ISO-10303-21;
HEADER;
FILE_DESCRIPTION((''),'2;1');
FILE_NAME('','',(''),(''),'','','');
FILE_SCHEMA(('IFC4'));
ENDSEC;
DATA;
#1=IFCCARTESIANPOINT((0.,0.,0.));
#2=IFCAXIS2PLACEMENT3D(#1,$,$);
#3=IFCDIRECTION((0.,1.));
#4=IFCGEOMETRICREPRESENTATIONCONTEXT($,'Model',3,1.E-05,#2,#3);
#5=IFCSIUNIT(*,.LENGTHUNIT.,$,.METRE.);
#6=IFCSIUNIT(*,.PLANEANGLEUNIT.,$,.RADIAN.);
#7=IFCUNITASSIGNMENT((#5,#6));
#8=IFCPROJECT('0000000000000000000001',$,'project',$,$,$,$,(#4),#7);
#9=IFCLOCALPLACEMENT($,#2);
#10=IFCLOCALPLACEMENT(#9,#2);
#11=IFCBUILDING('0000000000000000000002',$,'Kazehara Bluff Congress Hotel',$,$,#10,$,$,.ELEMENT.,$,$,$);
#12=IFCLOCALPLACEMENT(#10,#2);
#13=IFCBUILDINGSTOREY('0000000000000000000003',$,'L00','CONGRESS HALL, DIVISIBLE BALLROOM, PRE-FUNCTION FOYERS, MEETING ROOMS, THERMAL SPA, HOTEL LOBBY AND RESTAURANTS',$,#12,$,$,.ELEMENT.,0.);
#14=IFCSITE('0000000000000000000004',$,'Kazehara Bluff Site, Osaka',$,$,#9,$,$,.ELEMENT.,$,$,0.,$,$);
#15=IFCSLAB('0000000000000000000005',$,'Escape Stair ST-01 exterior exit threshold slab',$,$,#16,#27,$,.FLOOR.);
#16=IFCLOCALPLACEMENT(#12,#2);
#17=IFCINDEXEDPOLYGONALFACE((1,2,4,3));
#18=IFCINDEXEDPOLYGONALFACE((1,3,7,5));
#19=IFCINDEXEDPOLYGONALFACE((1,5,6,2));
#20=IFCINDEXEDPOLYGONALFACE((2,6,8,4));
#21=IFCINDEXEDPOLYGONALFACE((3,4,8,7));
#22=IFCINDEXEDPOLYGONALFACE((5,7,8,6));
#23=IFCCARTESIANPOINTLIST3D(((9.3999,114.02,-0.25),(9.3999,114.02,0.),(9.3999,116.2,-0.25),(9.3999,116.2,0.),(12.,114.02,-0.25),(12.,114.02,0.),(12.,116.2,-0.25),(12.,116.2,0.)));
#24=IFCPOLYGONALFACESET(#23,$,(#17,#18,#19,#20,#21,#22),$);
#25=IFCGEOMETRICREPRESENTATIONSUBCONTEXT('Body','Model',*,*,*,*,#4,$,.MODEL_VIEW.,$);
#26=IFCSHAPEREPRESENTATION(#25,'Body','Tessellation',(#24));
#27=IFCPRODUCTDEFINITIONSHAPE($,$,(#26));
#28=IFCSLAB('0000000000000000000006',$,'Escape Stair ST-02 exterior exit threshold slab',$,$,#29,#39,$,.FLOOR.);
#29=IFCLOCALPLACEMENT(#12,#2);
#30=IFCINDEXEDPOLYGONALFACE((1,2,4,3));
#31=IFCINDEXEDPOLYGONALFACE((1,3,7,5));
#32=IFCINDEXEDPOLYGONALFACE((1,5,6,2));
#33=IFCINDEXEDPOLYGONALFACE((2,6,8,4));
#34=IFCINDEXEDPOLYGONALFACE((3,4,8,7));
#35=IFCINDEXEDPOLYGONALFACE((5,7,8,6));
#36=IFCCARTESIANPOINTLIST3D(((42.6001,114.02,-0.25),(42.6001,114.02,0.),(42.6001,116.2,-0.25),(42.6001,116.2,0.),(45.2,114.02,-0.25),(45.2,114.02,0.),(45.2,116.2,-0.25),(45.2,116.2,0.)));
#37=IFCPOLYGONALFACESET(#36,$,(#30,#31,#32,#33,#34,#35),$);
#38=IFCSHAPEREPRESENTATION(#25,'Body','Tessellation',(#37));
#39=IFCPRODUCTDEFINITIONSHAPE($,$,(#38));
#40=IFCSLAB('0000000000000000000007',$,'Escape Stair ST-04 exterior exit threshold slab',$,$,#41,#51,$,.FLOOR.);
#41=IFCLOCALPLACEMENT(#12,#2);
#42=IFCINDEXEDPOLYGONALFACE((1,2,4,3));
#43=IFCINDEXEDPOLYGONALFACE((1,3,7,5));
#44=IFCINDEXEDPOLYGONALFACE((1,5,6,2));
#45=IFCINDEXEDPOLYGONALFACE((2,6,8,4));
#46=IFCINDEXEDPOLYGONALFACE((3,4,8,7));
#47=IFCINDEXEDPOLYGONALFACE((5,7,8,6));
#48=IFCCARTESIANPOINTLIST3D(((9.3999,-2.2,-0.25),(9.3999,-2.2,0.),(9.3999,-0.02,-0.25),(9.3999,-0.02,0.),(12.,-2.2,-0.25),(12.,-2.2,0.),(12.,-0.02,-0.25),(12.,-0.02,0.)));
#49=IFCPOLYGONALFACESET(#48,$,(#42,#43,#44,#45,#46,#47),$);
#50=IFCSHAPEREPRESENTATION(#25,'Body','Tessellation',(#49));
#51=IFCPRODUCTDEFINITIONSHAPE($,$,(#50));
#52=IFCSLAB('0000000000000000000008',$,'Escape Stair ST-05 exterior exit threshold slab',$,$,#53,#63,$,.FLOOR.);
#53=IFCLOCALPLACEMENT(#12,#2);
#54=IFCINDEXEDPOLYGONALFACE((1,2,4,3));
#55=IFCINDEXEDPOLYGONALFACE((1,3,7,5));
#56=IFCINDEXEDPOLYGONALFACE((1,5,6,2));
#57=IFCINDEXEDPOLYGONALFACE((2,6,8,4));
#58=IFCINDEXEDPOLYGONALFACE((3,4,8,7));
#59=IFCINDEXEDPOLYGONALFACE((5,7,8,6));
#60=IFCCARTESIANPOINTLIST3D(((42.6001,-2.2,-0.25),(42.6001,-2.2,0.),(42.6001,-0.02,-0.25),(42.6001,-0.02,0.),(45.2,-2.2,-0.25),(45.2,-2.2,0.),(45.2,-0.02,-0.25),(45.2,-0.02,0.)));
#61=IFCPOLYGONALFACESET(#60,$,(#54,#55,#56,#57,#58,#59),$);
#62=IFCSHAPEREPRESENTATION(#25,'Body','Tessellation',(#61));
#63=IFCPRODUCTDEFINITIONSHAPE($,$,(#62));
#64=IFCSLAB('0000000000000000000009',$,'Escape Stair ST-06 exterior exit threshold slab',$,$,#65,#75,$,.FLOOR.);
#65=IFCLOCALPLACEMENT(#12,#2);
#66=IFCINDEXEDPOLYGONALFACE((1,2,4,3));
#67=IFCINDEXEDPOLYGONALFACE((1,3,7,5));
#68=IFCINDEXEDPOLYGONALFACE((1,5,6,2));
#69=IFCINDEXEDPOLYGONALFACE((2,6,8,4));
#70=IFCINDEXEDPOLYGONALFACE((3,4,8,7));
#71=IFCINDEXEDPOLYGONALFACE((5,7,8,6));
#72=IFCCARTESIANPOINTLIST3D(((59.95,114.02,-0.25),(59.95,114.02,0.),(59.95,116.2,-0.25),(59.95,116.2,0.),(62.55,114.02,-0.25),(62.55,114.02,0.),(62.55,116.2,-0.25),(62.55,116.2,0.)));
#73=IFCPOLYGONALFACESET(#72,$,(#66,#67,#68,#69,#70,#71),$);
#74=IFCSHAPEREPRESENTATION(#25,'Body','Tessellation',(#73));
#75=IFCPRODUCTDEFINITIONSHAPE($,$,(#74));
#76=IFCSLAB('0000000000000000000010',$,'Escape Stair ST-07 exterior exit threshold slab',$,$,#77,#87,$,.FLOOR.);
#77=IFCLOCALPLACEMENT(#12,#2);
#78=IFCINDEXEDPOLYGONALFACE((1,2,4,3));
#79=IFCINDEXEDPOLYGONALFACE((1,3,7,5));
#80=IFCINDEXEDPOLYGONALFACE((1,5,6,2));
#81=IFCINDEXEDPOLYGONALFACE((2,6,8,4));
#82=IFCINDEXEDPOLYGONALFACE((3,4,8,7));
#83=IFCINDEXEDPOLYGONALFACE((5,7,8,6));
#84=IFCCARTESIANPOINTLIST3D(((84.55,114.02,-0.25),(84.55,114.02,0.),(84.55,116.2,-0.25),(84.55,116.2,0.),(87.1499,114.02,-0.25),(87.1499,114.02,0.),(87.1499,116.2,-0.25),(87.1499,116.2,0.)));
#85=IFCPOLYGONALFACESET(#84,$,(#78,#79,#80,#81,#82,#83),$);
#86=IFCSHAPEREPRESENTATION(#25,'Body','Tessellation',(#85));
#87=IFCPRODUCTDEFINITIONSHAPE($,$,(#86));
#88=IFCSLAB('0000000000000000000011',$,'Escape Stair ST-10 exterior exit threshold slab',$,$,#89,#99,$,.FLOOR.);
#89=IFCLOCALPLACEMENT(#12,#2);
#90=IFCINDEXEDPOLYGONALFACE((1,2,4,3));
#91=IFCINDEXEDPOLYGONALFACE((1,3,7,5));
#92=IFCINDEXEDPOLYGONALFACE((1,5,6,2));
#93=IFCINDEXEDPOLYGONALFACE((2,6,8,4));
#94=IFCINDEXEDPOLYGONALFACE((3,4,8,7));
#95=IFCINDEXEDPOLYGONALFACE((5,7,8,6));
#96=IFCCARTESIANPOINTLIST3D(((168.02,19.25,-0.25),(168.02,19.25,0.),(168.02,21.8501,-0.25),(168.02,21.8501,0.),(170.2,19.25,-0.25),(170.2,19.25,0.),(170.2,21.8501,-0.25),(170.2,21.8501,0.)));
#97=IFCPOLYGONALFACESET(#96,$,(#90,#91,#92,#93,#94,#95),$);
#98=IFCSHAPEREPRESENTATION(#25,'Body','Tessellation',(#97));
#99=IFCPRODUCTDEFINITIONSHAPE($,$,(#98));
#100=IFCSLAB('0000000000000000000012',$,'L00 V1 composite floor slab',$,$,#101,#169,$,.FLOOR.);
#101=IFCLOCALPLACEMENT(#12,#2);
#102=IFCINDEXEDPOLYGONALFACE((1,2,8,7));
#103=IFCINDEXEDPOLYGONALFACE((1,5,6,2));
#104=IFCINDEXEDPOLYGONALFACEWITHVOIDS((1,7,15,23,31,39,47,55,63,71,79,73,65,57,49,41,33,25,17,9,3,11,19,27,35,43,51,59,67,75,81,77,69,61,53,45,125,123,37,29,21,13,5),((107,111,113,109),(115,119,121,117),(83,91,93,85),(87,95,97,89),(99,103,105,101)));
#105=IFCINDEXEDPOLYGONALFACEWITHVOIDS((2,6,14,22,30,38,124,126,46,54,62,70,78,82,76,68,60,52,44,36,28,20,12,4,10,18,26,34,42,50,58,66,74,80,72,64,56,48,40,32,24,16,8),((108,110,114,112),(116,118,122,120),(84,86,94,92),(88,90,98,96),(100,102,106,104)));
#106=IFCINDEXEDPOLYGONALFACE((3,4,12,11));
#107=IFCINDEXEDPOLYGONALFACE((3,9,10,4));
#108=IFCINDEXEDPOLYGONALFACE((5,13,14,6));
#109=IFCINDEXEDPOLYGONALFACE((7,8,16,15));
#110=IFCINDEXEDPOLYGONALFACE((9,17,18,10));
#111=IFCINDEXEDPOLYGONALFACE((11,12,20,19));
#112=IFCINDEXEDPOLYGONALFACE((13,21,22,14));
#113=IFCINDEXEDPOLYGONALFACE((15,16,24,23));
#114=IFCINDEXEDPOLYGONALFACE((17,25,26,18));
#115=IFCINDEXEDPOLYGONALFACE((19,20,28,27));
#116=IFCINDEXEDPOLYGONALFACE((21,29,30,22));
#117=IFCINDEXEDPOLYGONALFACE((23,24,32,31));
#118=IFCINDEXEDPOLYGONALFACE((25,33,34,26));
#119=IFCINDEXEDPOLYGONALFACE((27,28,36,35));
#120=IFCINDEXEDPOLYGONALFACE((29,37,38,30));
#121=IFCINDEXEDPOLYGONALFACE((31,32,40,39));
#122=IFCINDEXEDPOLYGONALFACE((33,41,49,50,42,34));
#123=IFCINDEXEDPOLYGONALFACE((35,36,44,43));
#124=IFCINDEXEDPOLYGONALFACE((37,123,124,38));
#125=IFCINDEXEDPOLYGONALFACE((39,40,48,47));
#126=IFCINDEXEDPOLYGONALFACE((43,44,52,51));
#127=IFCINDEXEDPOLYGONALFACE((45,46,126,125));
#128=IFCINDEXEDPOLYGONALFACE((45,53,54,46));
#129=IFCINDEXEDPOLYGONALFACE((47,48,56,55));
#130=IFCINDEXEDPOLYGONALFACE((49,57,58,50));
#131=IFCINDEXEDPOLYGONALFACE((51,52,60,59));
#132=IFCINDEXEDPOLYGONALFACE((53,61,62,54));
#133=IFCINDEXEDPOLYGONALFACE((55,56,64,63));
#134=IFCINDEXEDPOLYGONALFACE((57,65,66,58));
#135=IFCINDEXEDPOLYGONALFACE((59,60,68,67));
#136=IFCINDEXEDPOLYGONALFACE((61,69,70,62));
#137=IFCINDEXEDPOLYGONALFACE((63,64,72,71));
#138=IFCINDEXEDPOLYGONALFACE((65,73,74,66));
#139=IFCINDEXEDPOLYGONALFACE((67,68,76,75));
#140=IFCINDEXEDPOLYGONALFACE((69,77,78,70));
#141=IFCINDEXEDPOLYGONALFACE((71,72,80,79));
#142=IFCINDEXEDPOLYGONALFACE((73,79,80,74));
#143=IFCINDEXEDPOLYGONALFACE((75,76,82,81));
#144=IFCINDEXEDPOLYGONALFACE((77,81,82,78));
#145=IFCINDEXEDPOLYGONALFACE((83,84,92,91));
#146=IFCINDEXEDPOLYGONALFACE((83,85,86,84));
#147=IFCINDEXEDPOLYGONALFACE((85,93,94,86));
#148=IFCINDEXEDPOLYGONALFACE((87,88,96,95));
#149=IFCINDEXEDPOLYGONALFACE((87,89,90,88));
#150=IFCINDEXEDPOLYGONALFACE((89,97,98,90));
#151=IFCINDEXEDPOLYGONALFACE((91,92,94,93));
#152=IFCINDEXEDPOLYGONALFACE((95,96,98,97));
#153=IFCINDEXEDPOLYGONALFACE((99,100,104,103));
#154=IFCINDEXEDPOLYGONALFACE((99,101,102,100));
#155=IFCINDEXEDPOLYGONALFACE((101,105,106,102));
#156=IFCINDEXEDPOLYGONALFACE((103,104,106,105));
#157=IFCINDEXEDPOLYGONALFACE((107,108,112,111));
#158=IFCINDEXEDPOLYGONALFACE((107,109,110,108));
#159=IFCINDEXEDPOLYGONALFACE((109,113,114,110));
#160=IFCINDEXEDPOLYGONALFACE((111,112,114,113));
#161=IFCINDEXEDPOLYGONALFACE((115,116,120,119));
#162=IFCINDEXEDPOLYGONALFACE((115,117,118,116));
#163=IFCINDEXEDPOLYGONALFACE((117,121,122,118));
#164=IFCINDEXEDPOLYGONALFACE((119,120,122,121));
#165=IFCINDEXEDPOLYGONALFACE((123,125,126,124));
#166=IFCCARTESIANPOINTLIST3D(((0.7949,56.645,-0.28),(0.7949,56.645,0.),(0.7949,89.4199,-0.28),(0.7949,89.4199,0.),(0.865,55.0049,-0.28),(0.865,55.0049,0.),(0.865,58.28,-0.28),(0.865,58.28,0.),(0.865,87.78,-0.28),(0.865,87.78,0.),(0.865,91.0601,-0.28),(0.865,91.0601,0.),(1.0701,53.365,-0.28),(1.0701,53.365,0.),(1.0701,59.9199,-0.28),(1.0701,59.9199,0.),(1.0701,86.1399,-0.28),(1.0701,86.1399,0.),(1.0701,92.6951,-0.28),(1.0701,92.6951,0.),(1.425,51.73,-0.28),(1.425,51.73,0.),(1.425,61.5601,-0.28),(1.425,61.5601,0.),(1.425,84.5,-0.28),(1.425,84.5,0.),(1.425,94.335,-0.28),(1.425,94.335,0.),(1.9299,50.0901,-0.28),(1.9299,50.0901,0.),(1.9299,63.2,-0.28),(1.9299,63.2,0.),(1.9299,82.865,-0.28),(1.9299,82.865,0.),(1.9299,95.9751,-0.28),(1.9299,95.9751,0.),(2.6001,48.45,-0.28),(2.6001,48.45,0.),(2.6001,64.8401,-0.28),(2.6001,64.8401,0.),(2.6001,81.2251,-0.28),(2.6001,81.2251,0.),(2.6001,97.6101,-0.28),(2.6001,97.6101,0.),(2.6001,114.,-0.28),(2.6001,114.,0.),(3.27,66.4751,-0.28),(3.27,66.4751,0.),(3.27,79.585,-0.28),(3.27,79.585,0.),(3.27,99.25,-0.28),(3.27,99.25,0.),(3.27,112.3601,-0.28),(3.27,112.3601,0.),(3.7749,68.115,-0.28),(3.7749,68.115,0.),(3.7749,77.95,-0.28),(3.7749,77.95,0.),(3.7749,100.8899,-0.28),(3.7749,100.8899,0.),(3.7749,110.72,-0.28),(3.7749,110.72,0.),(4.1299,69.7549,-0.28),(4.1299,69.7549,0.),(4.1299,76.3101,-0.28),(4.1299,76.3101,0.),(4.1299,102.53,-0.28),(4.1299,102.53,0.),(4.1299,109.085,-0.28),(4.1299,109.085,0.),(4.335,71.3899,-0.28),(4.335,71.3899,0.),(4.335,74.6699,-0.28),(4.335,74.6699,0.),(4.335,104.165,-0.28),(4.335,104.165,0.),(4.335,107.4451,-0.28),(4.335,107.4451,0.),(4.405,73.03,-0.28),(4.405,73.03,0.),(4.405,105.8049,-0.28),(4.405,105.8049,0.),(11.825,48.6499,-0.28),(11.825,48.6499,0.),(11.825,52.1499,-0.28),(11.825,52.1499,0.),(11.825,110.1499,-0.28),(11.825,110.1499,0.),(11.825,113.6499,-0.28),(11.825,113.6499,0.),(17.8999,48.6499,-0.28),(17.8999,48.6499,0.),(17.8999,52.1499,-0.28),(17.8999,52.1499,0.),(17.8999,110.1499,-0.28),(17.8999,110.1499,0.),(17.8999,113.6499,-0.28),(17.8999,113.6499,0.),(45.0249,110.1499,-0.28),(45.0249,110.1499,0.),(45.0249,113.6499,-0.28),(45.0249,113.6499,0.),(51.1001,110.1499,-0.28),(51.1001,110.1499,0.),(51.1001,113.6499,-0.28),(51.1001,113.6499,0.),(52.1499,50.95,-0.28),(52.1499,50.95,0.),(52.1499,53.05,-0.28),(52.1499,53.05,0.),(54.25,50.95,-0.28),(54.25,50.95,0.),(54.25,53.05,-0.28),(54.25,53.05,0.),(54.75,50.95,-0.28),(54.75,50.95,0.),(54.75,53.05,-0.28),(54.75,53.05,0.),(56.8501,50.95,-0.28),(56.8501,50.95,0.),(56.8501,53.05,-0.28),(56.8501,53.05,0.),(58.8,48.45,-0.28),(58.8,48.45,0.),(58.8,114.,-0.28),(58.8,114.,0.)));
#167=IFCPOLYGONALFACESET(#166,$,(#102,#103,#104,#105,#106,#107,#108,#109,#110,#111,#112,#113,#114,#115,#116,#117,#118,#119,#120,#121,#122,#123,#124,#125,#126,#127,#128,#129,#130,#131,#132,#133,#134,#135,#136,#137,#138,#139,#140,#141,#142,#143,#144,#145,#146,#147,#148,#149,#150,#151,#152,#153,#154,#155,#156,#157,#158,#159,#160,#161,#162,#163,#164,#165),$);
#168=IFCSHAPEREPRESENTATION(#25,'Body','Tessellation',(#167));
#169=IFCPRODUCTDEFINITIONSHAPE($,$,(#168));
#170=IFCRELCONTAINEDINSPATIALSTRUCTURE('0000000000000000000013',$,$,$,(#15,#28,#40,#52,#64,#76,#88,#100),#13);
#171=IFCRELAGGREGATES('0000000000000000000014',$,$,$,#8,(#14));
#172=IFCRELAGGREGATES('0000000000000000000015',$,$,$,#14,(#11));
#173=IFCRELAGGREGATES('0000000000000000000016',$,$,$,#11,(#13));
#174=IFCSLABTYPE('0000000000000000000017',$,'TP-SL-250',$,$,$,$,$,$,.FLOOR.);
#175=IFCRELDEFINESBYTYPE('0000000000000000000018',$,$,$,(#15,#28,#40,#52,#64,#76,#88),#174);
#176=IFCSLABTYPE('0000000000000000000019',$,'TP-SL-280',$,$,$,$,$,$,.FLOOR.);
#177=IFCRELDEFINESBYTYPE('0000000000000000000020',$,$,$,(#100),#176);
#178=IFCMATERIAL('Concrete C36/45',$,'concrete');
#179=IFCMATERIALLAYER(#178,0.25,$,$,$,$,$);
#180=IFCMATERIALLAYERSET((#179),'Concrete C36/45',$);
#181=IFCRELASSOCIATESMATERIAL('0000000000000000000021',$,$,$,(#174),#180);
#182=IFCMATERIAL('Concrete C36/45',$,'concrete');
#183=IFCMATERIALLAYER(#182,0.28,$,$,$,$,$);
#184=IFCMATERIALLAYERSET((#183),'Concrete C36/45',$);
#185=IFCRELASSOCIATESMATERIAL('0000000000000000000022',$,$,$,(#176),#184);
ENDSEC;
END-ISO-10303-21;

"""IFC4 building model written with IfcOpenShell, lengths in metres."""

from ifc_helpers import new_model, si_unit, direction, frame, origin, place, context, subcontext, project, spatial, polyline, outline, extrude, material, layer, layer_set, type_object, element, save


model = new_model("IFC4")

# Units and contexts
model_context = context("Model", 3, precision=1e-05, world=origin(), true_north=direction((0.0, 1.0)))
body_context = subcontext(model_context, "Body", "Model", "MODEL_VIEW")
ifc_project = project(units=[si_unit("LENGTHUNIT", "METRE"), si_unit("PLANEANGLEUNIT", "RADIAN")], contexts=[model_context])

# Site, building, storey
site_placement = place(None, origin())
site = spatial("IfcSite", under=ifc_project, at=site_placement, Name="Kazehara Bluff Site, Osaka", CompositionType="ELEMENT", RefElevation=0.0)
building_placement = place(site_placement, origin())
building = spatial("IfcBuilding", under=site, at=building_placement, Name="Kazehara Bluff Congress Hotel", CompositionType="ELEMENT")
storey_placement = place(building_placement, origin())
storey = spatial("IfcBuildingStorey", under=building, at=storey_placement, Name="L00", Description="CONGRESS HALL, DIVISIBLE BALLROOM, PRE-FUNCTION FOYERS, MEETING ROOMS, THERMAL SPA, HOTEL LOBBY AND RESTAURANTS", CompositionType="ELEMENT", Elevation=0.0)

# Slabs
ifc_material_1 = material(Name="Concrete C36/45", Category="concrete")
ifc_layer_1 = layer(ifc_material_1, 0.25)
ifc_layer_set_1 = layer_set([ifc_layer_1], Name="Concrete C36/45")
slab_type_1 = type_object("IfcSlabType", Name="TP-SL-250", PredefinedType="FLOOR", material=ifc_layer_set_1)
slab_1_placement = place(storey_placement, frame((0.0, 0.0, -0.25)))
element("IfcSlab", 1, at=slab_1_placement, inside=storey, type_object=slab_type_1, Name="Escape Stair ST-01 exterior exit threshold slab", PredefinedType="FLOOR", context=body_context, shape_type="SweptSolid", body=[
    extrude(outline(polyline([(9.3999, 114.02), (12.0, 114.02), (12.0, 116.2), (9.3999, 116.2), (9.3999, 114.02)])), origin(), (0.0, 0.0, 1.0), 0.25),
])
slab_2_placement = place(storey_placement, frame((0.0, 0.0, -0.25)))
element("IfcSlab", 2, at=slab_2_placement, inside=storey, type_object=slab_type_1, Name="Escape Stair ST-02 exterior exit threshold slab", PredefinedType="FLOOR", context=body_context, shape_type="SweptSolid", body=[
    extrude(outline(polyline([(42.6001, 114.02), (45.2, 114.02), (45.2, 116.2), (42.6001, 116.2), (42.6001, 114.02)])), origin(), (0.0, 0.0, 1.0), 0.25),
])
slab_3_placement = place(storey_placement, frame((0.0, 0.0, -0.25)))
element("IfcSlab", 3, at=slab_3_placement, inside=storey, type_object=slab_type_1, Name="Escape Stair ST-04 exterior exit threshold slab", PredefinedType="FLOOR", context=body_context, shape_type="SweptSolid", body=[
    extrude(outline(polyline([(9.3999, -2.2), (12.0, -2.2), (12.0, -0.02), (9.3999, -0.02), (9.3999, -2.2)])), origin(), (0.0, 0.0, 1.0), 0.25),
])
slab_4_placement = place(storey_placement, frame((0.0, 0.0, -0.25)))
element("IfcSlab", 4, at=slab_4_placement, inside=storey, type_object=slab_type_1, Name="Escape Stair ST-05 exterior exit threshold slab", PredefinedType="FLOOR", context=body_context, shape_type="SweptSolid", body=[
    extrude(outline(polyline([(42.6001, -2.2), (45.2, -2.2), (45.2, -0.02), (42.6001, -0.02), (42.6001, -2.2)])), origin(), (0.0, 0.0, 1.0), 0.25),
])
slab_5_placement = place(storey_placement, frame((0.0, 0.0, -0.25)))
element("IfcSlab", 5, at=slab_5_placement, inside=storey, type_object=slab_type_1, Name="Escape Stair ST-06 exterior exit threshold slab", PredefinedType="FLOOR", context=body_context, shape_type="SweptSolid", body=[
    extrude(outline(polyline([(59.95, 114.02), (62.55, 114.02), (62.55, 116.2), (59.95, 116.2), (59.95, 114.02)])), origin(), (0.0, 0.0, 1.0), 0.25),
])
slab_6_placement = place(storey_placement, frame((0.0, 0.0, -0.25)))
element("IfcSlab", 6, at=slab_6_placement, inside=storey, type_object=slab_type_1, Name="Escape Stair ST-07 exterior exit threshold slab", PredefinedType="FLOOR", context=body_context, shape_type="SweptSolid", body=[
    extrude(outline(polyline([(84.55, 114.02), (87.1499, 114.02), (87.1499, 116.2), (84.55, 116.2), (84.55, 114.02)])), origin(), (0.0, 0.0, 1.0), 0.25),
])
slab_7_placement = place(storey_placement, frame((0.0, 0.0, -0.25)))
element("IfcSlab", 7, at=slab_7_placement, inside=storey, type_object=slab_type_1, Name="Escape Stair ST-10 exterior exit threshold slab", PredefinedType="FLOOR", context=body_context, shape_type="SweptSolid", body=[
    extrude(outline(polyline([(168.02, 19.25), (170.2, 19.25), (170.2, 21.8501), (168.02, 21.8501), (168.02, 19.25)])), origin(), (0.0, 0.0, 1.0), 0.25),
])
ifc_material_2 = material(Name="Concrete C36/45", Category="concrete")
ifc_layer_2 = layer(ifc_material_2, 0.28)
ifc_layer_set_2 = layer_set([ifc_layer_2], Name="Concrete C36/45")
slab_type_2 = type_object("IfcSlabType", Name="TP-SL-280", PredefinedType="FLOOR", material=ifc_layer_set_2)
slab_8_placement = place(storey_placement, frame((0.0, 0.0, -0.28)))
element("IfcSlab", 8, at=slab_8_placement, inside=storey, type_object=slab_type_2, Name="L00 V1 composite floor slab", PredefinedType="FLOOR", context=body_context, shape_type="SweptSolid", body=[
    extrude(outline(polyline([(58.8, 48.45), (58.8, 114.0), (2.6001, 114.0), (3.27, 112.3601), (3.7749, 110.72), (4.1299, 109.085), (4.335, 107.4451), (4.405, 105.8049), (4.335, 104.165), (4.1299, 102.53), (3.7749, 100.8899), (3.27, 99.25), (2.6001, 97.6101), (1.9299, 95.9751), (1.425, 94.335), (1.0701, 92.6951), (0.865, 91.0601), (0.7949, 89.4199), (0.865, 87.78), (1.0701, 86.1399), (1.425, 84.5), (1.9299, 82.865), (2.6001, 81.2251), (3.27, 79.585), (3.7749, 77.95), (4.1299, 76.3101), (4.335, 74.6699), (4.405, 73.03), (4.335, 71.3899), (4.1299, 69.7549), (3.7749, 68.115), (3.27, 66.4751), (2.6001, 64.8401), (1.9299, 63.2), (1.425, 61.5601), (1.0701, 59.9199), (0.865, 58.28), (0.7949, 56.645), (0.865, 55.0049), (1.0701, 53.365), (1.425, 51.73), (1.9299, 50.0901), (2.6001, 48.45), (58.8, 48.45)]), holes=[polyline([(11.825, 110.1499), (17.8999, 110.1499), (17.8999, 113.6499), (11.825, 113.6499), (11.825, 110.1499)]), polyline([(45.0249, 110.1499), (51.1001, 110.1499), (51.1001, 113.6499), (45.0249, 113.6499), (45.0249, 110.1499)]), polyline([(11.825, 48.6499), (17.8999, 48.6499), (17.8999, 52.1499), (11.825, 52.1499), (11.825, 48.6499)]), polyline([(52.1499, 50.95), (54.25, 50.95), (54.25, 53.05), (52.1499, 53.05), (52.1499, 50.95)]), polyline([(54.75, 50.95), (56.8501, 50.95), (56.8501, 53.05), (54.75, 53.05), (54.75, 50.95)])]), origin(), (0.0, 0.0, 1.0), 0.28),
])

save(model, "model.ifc")
